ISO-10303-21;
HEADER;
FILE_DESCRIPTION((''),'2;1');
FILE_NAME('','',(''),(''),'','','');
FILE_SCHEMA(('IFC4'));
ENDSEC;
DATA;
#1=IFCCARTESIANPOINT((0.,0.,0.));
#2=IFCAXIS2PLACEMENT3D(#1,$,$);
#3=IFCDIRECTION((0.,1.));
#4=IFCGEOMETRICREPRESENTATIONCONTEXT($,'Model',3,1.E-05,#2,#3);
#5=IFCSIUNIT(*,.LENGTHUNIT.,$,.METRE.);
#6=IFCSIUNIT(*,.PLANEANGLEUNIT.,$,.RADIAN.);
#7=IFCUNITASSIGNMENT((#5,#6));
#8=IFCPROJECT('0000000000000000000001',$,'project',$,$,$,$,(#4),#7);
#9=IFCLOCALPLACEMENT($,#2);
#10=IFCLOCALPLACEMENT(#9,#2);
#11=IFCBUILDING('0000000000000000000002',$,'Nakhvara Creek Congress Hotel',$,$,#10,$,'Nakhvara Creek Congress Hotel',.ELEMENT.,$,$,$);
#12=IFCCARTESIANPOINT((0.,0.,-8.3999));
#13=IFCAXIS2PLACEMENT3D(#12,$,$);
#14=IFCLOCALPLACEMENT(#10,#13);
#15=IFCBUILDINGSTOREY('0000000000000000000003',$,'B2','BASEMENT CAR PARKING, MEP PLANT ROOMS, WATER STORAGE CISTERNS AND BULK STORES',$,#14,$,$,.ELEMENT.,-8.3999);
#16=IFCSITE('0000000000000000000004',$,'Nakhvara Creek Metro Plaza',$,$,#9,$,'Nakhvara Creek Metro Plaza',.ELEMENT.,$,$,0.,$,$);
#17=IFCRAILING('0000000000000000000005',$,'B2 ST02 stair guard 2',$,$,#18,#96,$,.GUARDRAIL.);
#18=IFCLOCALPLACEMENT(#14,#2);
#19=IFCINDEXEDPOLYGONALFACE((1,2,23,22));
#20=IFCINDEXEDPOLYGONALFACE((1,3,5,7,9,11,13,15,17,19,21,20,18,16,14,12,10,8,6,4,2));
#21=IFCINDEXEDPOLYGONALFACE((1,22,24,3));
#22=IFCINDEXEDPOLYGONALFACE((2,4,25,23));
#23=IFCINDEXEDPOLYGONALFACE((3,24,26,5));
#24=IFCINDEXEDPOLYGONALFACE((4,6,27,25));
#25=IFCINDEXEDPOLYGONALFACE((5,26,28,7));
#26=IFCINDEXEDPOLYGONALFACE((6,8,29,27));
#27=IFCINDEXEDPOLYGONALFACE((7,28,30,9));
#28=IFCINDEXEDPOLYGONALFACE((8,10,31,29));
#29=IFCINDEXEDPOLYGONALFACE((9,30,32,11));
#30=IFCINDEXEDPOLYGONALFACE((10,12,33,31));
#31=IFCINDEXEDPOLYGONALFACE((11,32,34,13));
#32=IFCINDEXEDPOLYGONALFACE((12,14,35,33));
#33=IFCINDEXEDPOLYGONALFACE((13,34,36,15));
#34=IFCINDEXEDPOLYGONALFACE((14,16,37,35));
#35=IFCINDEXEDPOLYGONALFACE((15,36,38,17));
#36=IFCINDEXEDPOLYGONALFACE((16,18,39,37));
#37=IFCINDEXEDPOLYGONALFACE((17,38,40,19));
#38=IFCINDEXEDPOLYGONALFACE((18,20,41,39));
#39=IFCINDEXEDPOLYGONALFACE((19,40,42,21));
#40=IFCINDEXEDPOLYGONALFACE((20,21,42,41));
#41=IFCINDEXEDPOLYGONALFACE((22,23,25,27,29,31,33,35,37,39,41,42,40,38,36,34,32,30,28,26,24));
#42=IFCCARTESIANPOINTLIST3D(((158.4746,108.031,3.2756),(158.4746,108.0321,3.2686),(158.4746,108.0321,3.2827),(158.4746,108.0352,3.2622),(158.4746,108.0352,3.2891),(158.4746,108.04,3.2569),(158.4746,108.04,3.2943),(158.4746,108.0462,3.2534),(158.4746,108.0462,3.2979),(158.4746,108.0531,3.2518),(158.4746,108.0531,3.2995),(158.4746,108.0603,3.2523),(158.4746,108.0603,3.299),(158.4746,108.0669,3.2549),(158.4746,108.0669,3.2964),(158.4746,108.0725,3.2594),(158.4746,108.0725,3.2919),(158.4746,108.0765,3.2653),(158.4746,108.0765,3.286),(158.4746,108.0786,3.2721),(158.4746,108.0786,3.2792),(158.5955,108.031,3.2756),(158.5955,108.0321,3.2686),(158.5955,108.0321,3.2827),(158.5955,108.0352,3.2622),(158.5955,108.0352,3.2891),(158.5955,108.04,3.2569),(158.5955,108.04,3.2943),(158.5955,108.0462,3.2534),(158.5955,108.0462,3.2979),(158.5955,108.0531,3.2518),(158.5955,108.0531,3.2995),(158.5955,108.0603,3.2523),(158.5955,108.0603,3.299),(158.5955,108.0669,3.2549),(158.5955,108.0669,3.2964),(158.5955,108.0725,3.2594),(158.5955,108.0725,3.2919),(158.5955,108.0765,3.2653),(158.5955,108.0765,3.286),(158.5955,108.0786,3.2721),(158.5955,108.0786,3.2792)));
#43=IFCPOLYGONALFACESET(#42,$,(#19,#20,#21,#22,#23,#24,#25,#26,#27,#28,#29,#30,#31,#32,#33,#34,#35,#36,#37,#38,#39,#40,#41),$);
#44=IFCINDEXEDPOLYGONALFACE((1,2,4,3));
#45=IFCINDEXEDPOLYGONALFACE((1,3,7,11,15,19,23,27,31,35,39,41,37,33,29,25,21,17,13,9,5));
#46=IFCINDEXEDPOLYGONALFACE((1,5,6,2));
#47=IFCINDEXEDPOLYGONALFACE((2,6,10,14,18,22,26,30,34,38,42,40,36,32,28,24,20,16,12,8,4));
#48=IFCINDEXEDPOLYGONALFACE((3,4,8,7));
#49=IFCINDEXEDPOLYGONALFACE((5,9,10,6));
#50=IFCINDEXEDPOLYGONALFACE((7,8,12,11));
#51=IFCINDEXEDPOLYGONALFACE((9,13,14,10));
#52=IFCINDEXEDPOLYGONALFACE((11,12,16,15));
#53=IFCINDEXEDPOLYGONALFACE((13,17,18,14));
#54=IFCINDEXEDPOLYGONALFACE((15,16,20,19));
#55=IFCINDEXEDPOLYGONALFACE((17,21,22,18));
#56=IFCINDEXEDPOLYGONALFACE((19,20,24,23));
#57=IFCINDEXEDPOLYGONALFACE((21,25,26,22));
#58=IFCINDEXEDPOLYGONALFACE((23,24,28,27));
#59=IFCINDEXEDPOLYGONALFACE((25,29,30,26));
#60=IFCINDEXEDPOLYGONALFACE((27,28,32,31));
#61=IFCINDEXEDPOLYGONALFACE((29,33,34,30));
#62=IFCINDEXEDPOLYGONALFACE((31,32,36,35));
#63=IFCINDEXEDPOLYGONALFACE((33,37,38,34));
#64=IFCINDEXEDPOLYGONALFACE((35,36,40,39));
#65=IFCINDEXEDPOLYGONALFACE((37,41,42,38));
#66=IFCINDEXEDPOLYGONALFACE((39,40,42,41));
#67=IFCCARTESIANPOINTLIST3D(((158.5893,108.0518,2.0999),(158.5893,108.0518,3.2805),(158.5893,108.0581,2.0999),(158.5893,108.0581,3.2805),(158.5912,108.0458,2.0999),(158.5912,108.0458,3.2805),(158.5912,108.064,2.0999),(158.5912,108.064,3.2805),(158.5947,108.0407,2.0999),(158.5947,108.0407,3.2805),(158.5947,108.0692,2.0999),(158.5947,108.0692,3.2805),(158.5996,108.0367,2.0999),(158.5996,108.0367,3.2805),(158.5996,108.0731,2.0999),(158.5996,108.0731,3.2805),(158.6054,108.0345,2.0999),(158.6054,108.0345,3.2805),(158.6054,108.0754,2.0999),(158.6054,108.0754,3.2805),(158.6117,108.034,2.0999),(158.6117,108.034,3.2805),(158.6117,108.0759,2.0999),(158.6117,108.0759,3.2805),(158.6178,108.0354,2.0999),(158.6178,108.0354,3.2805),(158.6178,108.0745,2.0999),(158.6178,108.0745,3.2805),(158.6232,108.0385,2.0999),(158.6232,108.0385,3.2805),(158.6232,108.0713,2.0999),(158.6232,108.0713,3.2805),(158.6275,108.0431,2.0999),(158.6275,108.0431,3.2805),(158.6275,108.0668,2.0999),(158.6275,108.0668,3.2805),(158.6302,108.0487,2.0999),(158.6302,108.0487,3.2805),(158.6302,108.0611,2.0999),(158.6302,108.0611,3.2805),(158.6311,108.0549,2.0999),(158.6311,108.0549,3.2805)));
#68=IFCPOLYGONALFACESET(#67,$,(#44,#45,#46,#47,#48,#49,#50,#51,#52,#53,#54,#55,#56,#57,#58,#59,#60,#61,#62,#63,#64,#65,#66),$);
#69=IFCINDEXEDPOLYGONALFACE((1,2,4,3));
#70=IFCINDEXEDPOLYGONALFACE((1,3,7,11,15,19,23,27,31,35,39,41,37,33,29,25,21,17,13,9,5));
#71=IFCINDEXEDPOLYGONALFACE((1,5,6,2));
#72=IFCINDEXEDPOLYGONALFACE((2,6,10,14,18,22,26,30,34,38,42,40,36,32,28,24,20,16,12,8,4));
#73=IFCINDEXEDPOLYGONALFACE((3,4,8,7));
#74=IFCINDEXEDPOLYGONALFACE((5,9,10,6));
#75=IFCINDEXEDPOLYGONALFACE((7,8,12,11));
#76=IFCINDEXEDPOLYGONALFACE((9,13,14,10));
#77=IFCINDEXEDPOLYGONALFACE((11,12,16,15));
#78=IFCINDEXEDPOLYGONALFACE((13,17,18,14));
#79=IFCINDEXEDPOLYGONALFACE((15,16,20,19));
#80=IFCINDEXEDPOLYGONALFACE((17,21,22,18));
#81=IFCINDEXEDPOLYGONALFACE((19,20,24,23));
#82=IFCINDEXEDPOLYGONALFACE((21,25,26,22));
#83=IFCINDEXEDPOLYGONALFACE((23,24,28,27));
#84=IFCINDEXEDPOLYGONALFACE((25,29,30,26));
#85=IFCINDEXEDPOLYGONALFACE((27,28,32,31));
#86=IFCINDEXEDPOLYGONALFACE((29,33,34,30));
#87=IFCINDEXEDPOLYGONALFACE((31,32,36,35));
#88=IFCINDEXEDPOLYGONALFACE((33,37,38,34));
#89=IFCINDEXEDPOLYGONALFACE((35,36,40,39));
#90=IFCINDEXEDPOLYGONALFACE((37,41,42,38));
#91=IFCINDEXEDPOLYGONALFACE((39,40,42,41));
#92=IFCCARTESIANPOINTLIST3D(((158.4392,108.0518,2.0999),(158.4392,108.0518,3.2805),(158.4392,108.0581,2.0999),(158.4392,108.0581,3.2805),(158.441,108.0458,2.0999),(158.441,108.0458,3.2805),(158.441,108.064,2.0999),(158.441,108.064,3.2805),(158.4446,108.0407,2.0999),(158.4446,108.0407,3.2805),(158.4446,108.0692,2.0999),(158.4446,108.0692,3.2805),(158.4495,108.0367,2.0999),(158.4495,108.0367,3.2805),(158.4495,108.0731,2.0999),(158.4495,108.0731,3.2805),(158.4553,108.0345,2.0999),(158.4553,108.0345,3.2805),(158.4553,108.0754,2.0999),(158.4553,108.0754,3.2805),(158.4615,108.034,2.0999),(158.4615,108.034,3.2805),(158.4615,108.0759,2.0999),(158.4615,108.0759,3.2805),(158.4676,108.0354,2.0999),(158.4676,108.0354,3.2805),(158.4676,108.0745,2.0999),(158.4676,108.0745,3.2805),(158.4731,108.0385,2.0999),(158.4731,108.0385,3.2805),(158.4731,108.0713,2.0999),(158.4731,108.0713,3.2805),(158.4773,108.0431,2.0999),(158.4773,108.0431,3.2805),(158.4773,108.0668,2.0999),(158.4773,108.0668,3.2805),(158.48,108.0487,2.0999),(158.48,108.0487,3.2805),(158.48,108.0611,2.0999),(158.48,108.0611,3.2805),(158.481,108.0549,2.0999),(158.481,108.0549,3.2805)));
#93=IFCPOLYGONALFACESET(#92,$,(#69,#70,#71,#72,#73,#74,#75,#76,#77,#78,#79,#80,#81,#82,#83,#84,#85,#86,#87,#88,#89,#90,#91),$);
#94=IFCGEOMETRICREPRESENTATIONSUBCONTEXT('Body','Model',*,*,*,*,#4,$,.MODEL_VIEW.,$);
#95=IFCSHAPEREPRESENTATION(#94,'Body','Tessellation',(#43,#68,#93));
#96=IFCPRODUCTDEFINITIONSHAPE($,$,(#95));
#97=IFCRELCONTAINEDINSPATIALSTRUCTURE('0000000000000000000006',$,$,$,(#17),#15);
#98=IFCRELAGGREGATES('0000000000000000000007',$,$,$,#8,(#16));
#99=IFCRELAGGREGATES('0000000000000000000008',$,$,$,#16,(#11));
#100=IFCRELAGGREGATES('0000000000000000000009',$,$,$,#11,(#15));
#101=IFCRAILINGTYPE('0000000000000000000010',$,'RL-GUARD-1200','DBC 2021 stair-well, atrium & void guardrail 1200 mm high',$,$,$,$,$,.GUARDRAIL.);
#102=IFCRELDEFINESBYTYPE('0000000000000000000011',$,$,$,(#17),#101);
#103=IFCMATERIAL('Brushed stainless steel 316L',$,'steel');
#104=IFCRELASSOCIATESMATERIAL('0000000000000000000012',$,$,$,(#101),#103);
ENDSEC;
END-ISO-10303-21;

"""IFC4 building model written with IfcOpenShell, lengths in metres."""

from ifc_helpers import new_model, si_unit, direction, frame, origin, origin_2d, place, context, subcontext, project, spatial, circle, extrude, material, type_object, element, save


model = new_model("IFC4")

# Units and contexts
model_context = context("Model", 3, precision=1e-05, world=origin(), true_north=direction((0.0, 1.0)))
body_context = subcontext(model_context, "Body", "Model", "MODEL_VIEW")
ifc_project = project(units=[si_unit("LENGTHUNIT", "METRE"), si_unit("PLANEANGLEUNIT", "RADIAN")], contexts=[model_context])

# Site, building, storey
site_placement = place(None, origin())
site = spatial("IfcSite", under=ifc_project, at=site_placement, Name="Nakhvara Creek Metro Plaza", LongName="Nakhvara Creek Metro Plaza", CompositionType="ELEMENT", RefElevation=0.0)
building_placement = place(site_placement, origin())
building = spatial("IfcBuilding", under=site, at=building_placement, Name="Nakhvara Creek Congress Hotel", LongName="Nakhvara Creek Congress Hotel", CompositionType="ELEMENT")
storey_placement = place(building_placement, frame((0.0, 0.0, -8.3999)))
storey = spatial("IfcBuildingStorey", under=building, at=storey_placement, Name="B2", Description="BASEMENT CAR PARKING, MEP PLANT ROOMS, WATER STORAGE CISTERNS AND BULK STORES", CompositionType="ELEMENT", Elevation=-8.3999)

# Railing
ifc_material_1 = material(Name="Brushed stainless steel 316L", Category="steel")
railing_type_1 = type_object("IfcRailingType", Name="RL-GUARD-1200", Description="DBC 2021 stair-well, atrium & void guardrail 1200 mm high", PredefinedType="GUARDRAIL", material=ifc_material_1)
railing_1_placement = place(storey_placement, frame((158.6101, 108.0549, 2.0999)))
element("IfcRailing", 1, at=railing_1_placement, inside=storey, type_object=railing_type_1, Name="B2 ST02 stair guard 2", PredefinedType="GUARDRAIL", context=body_context, shape_type="SweptSolid", body=[
    extrude(circle(Radius=0.0239, at=origin_2d()), frame((-0.0146, 0.0, 1.1758), z_axis=(-1.0, 0.0, 0.0), x_axis=(0.0, -1.0, 0.0)), (0.0, 0.0, 1.0), 0.1208),
    extrude(circle(Radius=0.021, at=origin_2d()), origin(), (0.0, 0.0, 1.0), 1.1807),
    extrude(circle(Radius=0.021, at=origin_2d()), frame((-0.1501, 0.0, 0.0)), (0.0, 0.0, 1.0), 1.1807),
])

save(model, "model.ifc")
